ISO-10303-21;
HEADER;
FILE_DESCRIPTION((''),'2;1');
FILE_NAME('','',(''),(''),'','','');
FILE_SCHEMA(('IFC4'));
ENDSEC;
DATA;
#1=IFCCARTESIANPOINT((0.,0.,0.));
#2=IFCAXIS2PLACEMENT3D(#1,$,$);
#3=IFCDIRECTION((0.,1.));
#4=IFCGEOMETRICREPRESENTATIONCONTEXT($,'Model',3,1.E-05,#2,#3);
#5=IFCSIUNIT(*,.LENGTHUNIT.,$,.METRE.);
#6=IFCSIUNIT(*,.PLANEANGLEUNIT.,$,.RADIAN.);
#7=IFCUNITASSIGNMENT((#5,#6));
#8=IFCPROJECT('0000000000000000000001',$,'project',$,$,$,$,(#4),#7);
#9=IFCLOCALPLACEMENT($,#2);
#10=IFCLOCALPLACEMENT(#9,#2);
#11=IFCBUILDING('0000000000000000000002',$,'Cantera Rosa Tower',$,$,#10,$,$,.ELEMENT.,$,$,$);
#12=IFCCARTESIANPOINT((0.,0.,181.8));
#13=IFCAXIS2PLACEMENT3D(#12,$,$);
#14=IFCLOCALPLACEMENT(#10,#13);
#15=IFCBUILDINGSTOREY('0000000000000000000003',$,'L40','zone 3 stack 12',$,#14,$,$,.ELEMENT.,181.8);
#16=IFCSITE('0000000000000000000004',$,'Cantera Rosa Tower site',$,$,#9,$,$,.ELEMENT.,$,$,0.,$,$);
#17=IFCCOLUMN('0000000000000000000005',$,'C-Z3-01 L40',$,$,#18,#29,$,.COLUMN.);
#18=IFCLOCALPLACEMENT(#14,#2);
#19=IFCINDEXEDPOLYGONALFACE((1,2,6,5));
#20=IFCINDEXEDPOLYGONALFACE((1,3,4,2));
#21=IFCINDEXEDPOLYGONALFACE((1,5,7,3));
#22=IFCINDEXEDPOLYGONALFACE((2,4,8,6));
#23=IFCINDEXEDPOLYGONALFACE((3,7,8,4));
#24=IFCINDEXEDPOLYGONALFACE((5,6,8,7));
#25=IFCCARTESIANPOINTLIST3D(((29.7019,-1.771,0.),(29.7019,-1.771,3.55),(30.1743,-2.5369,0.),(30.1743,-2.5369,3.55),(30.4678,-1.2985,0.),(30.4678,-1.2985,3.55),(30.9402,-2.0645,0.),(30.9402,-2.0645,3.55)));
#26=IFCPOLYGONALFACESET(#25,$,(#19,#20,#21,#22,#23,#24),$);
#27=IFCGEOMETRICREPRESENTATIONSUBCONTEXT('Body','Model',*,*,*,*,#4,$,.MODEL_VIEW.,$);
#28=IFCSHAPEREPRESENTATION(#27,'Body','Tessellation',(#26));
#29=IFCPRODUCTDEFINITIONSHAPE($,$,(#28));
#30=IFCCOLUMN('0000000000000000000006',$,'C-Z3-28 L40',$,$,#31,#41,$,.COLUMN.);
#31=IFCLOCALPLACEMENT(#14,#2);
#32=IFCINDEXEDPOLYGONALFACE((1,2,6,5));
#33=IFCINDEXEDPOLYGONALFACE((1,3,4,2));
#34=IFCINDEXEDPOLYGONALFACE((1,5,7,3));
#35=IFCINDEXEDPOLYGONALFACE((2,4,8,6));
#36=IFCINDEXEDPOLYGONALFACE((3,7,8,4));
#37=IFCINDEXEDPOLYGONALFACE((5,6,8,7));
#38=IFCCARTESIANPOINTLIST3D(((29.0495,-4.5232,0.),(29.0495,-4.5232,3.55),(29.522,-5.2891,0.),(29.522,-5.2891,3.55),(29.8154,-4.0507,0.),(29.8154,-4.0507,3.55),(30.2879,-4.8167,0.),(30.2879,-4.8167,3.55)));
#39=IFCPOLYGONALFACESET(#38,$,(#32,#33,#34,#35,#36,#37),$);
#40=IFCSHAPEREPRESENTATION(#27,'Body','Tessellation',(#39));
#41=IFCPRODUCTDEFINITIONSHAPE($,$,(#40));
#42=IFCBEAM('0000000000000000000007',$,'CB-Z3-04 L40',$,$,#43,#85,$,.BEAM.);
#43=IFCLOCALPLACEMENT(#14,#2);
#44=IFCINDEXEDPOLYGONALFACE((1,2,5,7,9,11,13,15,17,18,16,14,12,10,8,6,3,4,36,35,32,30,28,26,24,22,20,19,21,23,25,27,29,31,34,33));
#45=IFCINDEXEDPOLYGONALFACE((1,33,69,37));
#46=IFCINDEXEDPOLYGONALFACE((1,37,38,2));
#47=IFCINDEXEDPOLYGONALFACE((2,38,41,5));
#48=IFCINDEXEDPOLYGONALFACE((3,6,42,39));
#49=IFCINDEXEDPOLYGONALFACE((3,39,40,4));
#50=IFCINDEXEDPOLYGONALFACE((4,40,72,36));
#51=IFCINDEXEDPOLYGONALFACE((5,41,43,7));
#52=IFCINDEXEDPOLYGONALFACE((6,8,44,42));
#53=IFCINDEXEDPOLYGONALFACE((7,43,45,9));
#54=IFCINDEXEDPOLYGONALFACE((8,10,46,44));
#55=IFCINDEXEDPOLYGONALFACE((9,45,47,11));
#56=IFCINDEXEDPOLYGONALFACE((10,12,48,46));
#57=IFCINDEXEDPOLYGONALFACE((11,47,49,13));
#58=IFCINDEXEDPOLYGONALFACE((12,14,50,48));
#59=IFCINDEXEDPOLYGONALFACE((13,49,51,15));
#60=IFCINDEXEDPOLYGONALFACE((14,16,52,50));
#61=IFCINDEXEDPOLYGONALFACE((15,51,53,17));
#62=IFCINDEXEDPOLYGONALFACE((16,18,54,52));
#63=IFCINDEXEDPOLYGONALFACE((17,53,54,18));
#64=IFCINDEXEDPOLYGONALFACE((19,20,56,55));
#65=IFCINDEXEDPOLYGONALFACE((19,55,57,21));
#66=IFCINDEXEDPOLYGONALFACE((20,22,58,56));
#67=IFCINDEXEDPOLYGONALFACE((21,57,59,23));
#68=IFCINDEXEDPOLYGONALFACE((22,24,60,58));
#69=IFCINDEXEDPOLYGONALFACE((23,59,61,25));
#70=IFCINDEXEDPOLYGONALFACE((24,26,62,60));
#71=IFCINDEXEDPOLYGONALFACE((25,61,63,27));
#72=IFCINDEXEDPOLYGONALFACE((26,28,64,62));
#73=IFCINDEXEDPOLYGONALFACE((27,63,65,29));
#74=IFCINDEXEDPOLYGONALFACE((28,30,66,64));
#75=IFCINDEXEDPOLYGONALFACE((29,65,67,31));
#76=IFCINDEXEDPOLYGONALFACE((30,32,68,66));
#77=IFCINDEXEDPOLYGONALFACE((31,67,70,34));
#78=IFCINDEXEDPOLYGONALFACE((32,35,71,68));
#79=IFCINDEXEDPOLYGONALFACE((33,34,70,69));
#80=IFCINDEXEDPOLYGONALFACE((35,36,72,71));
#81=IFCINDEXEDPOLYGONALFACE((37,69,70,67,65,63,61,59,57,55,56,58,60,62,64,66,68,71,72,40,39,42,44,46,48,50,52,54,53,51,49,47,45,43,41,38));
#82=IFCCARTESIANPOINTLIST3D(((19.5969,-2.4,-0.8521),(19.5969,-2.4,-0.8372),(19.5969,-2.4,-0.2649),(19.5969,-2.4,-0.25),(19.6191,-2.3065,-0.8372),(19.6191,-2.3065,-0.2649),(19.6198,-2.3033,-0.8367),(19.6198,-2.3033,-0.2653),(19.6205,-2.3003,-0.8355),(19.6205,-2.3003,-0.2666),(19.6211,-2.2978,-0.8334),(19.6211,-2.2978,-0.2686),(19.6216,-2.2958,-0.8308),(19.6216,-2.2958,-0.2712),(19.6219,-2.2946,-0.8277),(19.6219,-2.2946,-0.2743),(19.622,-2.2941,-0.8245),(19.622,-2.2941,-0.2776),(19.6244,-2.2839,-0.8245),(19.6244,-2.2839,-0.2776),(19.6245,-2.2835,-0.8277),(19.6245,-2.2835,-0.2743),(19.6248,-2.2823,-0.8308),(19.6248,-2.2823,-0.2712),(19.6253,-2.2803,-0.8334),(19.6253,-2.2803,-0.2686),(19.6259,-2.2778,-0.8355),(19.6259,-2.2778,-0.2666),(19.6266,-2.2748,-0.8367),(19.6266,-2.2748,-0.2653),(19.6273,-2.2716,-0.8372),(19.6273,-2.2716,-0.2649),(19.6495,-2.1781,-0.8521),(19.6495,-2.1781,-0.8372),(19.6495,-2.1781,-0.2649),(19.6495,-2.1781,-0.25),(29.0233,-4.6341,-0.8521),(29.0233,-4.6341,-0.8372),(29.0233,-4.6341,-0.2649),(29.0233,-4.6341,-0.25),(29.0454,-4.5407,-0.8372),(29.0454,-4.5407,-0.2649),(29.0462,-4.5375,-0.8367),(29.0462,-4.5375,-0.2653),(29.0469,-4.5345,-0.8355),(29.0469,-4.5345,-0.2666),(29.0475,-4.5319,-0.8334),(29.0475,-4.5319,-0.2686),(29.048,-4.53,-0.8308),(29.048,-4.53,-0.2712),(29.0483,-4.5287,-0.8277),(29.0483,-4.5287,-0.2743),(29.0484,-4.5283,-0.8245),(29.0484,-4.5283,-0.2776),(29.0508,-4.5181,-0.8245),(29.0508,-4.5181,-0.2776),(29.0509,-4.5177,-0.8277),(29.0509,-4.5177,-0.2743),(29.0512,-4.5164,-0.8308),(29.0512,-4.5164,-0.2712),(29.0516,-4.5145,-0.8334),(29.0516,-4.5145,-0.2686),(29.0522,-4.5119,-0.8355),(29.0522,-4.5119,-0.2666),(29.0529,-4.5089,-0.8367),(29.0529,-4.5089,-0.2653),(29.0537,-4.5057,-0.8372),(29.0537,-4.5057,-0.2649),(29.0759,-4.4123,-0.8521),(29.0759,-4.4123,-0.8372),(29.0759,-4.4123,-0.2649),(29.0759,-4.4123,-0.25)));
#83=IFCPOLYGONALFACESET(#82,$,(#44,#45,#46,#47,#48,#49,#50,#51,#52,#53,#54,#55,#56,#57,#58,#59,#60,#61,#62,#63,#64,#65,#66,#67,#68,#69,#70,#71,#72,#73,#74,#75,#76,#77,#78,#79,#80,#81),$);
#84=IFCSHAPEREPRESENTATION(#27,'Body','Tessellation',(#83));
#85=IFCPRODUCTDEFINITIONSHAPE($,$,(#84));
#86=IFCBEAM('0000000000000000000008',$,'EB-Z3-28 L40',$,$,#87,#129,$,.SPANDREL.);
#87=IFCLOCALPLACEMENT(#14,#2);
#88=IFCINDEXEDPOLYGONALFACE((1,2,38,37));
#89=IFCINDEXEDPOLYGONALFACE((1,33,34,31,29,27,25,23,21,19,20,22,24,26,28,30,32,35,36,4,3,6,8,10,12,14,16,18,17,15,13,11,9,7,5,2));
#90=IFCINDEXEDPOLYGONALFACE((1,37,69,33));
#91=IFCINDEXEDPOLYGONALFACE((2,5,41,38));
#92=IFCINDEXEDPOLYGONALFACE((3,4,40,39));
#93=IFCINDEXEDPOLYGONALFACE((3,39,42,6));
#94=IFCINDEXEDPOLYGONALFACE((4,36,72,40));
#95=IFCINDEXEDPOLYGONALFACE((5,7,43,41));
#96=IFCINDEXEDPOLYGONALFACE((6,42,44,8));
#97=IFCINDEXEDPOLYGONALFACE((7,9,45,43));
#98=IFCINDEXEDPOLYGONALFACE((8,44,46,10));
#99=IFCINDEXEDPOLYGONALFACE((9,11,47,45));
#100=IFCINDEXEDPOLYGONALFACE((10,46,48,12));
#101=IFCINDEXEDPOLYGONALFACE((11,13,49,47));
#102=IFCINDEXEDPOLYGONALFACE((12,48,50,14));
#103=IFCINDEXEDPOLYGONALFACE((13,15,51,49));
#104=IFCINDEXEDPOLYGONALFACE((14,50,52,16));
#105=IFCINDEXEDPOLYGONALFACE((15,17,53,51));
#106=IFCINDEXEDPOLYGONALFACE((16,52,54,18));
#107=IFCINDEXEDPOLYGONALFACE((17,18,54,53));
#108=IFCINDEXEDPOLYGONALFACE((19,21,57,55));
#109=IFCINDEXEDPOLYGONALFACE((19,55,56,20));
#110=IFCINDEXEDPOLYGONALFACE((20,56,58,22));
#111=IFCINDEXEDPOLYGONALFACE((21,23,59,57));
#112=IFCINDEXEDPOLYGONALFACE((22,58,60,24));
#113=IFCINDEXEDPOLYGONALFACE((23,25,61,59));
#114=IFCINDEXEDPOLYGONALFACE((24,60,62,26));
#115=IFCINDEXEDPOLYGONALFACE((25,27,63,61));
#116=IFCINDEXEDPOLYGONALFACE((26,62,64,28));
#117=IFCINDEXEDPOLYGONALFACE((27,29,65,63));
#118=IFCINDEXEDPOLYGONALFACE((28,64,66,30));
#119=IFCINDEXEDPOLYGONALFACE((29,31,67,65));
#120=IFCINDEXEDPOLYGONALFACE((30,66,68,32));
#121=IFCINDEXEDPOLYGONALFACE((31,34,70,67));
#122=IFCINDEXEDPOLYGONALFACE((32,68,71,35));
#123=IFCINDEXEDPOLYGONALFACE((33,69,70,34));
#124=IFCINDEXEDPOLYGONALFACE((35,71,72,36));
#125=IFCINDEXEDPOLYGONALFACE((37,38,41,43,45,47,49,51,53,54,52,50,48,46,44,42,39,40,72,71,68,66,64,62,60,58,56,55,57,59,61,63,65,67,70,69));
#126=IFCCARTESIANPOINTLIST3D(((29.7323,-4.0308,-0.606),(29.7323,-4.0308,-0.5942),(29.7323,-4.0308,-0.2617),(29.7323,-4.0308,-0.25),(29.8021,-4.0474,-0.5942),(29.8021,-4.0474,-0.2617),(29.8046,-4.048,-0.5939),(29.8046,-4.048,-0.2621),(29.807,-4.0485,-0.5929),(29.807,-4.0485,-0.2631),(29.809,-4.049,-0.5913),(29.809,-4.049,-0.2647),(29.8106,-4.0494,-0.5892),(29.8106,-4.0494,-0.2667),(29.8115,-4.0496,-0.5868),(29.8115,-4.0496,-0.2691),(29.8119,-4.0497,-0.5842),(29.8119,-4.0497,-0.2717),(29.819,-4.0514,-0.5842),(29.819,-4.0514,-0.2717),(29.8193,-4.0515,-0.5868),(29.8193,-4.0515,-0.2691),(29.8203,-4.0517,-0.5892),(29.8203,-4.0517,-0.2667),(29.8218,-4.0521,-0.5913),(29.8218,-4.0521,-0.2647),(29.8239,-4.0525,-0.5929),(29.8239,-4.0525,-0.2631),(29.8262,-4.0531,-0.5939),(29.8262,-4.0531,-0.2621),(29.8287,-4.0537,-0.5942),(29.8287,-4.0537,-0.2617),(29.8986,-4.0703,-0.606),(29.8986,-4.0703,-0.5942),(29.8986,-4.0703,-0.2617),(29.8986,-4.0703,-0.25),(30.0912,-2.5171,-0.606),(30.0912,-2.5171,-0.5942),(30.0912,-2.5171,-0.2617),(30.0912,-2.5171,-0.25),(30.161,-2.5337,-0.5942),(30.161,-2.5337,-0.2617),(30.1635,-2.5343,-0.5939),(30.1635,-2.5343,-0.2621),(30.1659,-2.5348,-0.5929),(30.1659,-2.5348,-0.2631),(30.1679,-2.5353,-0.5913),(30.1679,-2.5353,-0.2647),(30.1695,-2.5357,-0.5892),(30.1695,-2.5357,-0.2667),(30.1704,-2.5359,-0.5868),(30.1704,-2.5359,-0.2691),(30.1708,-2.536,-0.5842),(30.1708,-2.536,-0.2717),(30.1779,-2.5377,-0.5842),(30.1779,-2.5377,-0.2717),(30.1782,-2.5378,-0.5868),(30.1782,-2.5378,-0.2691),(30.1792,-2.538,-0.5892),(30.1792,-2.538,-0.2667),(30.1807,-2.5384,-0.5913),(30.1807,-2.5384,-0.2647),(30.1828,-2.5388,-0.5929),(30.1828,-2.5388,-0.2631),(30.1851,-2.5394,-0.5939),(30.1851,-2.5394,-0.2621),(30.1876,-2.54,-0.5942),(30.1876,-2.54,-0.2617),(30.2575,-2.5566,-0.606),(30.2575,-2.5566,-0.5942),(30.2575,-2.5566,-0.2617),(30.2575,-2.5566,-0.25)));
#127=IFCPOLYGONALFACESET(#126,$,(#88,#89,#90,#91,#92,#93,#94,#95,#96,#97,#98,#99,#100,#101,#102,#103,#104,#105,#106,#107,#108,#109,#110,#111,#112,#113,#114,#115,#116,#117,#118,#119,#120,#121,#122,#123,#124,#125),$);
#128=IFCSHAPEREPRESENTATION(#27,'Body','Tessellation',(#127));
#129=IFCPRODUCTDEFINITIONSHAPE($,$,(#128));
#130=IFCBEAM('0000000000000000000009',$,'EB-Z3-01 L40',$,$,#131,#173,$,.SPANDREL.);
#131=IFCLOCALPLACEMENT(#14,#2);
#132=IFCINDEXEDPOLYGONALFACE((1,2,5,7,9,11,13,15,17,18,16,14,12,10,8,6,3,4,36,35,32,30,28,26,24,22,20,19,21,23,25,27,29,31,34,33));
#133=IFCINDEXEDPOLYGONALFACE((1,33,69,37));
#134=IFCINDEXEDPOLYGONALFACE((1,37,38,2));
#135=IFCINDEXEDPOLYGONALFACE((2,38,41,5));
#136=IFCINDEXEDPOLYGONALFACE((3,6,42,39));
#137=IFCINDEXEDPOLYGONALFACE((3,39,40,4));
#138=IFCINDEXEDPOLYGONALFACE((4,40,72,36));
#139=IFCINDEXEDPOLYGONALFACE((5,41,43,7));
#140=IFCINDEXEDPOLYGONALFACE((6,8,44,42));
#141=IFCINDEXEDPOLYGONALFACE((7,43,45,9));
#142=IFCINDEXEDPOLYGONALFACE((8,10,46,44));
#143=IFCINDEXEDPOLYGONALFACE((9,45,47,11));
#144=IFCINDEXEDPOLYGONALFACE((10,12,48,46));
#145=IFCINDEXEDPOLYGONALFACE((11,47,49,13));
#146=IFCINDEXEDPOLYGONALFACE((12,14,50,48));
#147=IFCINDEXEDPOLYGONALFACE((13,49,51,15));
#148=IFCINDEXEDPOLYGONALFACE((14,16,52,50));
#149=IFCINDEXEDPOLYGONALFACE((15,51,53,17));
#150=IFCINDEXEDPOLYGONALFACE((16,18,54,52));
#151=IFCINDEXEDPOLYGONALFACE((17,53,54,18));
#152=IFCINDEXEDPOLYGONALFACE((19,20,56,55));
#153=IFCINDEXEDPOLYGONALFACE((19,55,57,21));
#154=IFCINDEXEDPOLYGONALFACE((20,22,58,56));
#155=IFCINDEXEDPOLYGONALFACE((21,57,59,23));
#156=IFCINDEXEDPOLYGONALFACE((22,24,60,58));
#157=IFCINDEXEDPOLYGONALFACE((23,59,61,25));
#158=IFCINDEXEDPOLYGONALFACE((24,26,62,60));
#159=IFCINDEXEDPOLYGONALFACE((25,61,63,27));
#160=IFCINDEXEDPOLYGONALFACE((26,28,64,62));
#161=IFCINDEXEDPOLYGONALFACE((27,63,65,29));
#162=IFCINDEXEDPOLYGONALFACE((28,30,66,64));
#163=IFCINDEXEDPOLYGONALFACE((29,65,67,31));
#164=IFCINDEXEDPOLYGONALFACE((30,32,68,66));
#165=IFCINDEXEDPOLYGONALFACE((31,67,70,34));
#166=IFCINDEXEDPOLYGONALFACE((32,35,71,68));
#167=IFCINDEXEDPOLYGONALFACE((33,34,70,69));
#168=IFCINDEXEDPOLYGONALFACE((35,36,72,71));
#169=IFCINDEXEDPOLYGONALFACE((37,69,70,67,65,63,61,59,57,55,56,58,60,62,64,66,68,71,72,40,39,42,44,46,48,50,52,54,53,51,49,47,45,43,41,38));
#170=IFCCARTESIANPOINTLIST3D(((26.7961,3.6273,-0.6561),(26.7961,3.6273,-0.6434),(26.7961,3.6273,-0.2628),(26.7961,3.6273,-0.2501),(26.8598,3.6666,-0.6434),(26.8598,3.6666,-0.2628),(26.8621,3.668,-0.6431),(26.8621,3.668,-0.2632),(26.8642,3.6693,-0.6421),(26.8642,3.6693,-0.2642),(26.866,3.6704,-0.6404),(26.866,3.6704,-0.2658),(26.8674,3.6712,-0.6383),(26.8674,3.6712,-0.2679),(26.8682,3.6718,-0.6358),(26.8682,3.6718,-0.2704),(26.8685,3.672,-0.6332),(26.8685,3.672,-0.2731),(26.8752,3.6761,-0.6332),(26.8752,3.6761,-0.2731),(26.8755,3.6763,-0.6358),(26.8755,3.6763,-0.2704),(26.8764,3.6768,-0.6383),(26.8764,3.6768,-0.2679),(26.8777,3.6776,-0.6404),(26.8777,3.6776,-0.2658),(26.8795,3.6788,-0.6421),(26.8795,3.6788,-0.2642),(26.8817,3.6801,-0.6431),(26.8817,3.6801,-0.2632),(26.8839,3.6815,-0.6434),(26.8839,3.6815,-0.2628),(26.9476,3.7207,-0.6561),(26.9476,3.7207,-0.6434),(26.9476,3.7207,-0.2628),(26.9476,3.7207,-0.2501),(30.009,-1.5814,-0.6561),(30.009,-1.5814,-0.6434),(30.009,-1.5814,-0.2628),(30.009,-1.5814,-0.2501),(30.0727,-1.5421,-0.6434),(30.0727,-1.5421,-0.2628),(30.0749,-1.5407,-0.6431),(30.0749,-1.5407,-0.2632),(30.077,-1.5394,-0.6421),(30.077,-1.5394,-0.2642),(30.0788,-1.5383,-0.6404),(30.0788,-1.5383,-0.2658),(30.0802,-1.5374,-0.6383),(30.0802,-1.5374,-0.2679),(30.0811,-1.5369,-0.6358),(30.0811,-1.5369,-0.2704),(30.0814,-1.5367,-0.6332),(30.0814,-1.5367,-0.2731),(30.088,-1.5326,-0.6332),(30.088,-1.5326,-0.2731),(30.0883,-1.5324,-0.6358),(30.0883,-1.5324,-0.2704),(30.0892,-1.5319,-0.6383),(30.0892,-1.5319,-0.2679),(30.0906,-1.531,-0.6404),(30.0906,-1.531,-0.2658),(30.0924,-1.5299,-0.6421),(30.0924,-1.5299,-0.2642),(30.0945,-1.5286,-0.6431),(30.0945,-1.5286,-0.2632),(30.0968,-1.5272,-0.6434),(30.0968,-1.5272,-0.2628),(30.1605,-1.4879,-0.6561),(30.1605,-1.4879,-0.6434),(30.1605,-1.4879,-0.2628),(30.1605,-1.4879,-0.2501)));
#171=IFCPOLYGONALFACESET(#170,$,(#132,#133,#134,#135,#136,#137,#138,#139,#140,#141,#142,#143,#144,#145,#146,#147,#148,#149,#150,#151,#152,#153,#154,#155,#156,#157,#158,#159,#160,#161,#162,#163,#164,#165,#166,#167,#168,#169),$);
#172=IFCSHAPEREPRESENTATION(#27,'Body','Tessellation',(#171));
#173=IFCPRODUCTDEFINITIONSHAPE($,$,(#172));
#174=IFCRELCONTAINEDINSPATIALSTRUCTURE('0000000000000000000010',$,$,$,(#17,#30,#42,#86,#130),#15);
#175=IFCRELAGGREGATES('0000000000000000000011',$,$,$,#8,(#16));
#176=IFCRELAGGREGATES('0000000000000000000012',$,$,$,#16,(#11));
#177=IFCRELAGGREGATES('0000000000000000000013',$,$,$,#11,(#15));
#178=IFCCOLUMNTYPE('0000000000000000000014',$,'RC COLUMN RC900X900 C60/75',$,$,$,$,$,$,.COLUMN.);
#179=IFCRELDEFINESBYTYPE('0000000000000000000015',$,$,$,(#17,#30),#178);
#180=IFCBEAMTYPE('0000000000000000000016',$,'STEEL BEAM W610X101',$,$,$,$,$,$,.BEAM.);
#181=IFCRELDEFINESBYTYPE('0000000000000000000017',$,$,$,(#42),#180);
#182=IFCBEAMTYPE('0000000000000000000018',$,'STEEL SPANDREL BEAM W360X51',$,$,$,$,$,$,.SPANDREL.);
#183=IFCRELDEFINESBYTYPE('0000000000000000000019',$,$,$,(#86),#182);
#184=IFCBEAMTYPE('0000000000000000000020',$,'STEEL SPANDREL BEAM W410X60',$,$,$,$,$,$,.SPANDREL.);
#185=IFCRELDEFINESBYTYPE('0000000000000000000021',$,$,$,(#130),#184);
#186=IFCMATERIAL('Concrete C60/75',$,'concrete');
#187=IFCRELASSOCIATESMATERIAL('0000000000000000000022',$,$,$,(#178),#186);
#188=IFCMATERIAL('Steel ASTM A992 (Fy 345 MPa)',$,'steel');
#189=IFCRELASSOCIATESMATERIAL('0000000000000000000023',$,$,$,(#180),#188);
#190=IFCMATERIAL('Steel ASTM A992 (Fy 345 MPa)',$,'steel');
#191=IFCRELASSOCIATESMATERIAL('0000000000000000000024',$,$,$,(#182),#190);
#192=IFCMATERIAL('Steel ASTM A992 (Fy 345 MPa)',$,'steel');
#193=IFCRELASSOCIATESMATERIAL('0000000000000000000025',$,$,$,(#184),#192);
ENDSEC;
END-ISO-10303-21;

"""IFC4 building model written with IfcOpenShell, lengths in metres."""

from ifc_helpers import new_model, si_unit, direction, frame, origin, origin_2d, place, context, subcontext, project, spatial, rectangle, i_section, extrude, material, material_profile, profile_set, type_object, element, save


model = new_model("IFC4")

# Units and contexts
model_context = context("Model", 3, precision=1e-05, world=origin(), true_north=direction((0.0, 1.0)))
body_context = subcontext(model_context, "Body", "Model", "MODEL_VIEW")
ifc_project = project(units=[si_unit("LENGTHUNIT", "METRE"), si_unit("PLANEANGLEUNIT", "RADIAN")], contexts=[model_context])

# Site, building, storey
site_placement = place(None, origin())
site = spatial("IfcSite", under=ifc_project, at=site_placement, Name="Cantera Rosa Tower site", CompositionType="ELEMENT", RefElevation=0.0)
building_placement = place(site_placement, origin())
building = spatial("IfcBuilding", under=site, at=building_placement, Name="Cantera Rosa Tower", CompositionType="ELEMENT")
storey_placement = place(building_placement, frame((0.0, 0.0, 181.8)))
storey = spatial("IfcBuildingStorey", under=building, at=storey_placement, Name="L40", Description="zone 3 stack 12", CompositionType="ELEMENT", Elevation=181.8)

# Columns
ifc_material_1 = material(Name="Concrete C60/75", Category="concrete")
ifc_material_profile_1 = material_profile(ifc_material_1, rectangle(XDim=0.8999, YDim=0.8999, at=origin_2d()), Name="RC COLUMN RC900X900 C60/75")
ifc_profile_set_1 = profile_set([ifc_material_profile_1], Name="Concrete C60/75")
column_type = type_object("IfcColumnType", Name="RC COLUMN RC900X900 C60/75", PredefinedType="COLUMN", material=ifc_profile_set_1)
for number, where, z_axis, x_axis, name in (
    (1, (30.321, -1.9177, 0.0), (0.0, 0.0, 1.0), (0.851117, 0.524977, 0.0), "C-Z3-01 L40"),
    (2, (29.6687, -4.6699, 0.0), (0.0, 0.0, 1.0), (0.851117, 0.524977, 0.0), "C-Z3-28 L40"),
):
    element("IfcColumn", number, at=place(storey_placement, frame(where, z_axis=z_axis, x_axis=x_axis)), inside=storey, type_object=column_type, Name=name, PredefinedType="COLUMN", context=body_context, shape_type="SweptSolid", body=[
        extrude(rectangle(XDim=0.8999, YDim=0.8999, at=origin_2d()), origin(), (0.0, 0.0, 1.0), 3.55),
    ])

# Beams
ifc_material_2 = material(Name="Steel ASTM A992 (Fy 345 MPa)", Category="steel")
ifc_material_profile_2 = material_profile(ifc_material_2, i_section(OverallWidth=0.228, OverallDepth=0.6021, WebThickness=0.0105, FlangeThickness=0.0149, FilletRadius=0.0127, at=origin_2d()), Name="W610X101")
ifc_profile_set_2 = profile_set([ifc_material_profile_2], Name="Steel ASTM A992 (Fy 345 MPa)")
beam_type_1 = type_object("IfcBeamType", Name="STEEL BEAM W610X101", PredefinedType="BEAM", material=ifc_profile_set_2)
beam_1_placement = place(storey_placement, frame((29.0496, -4.5232, -0.551), z_axis=(-0.973043, 0.230622, 0.0), x_axis=(-0.230622, -0.973043, 0.0)))
element("IfcBeam", 3, at=beam_1_placement, inside=storey, type_object=beam_type_1, Name="CB-Z3-04 L40", PredefinedType="BEAM", context=body_context, shape_type="SweptSolid", body=[
    extrude(i_section(OverallWidth=0.228, OverallDepth=0.6021, WebThickness=0.0105, FlangeThickness=0.0149, FilletRadius=0.0127, at=origin_2d()), origin(), (0.0, 0.0, 1.0), 9.6875),
])
ifc_material_3 = material(Name="Steel ASTM A992 (Fy 345 MPa)", Category="steel")
ifc_material_profile_3 = material_profile(ifc_material_3, i_section(OverallWidth=0.1709, OverallDepth=0.356, WebThickness=0.0073, FlangeThickness=0.0117, FilletRadius=0.01, at=origin_2d()), Name="W360X51")
ifc_profile_set_3 = profile_set([ifc_material_profile_3], Name="Steel ASTM A992 (Fy 345 MPa)")
beam_type_2 = type_object("IfcBeamType", Name="STEEL SPANDREL BEAM W360X51", PredefinedType="SPANDREL", material=ifc_profile_set_3)
beam_2_placement = place(storey_placement, frame((29.8154, -4.0505, -0.428), z_axis=(0.230701, 0.973025, 0.0), x_axis=(-0.973025, 0.230701, 0.0)))
element("IfcBeam", 4, at=beam_2_placement, inside=storey, type_object=beam_type_2, Name="EB-Z3-28 L40", PredefinedType="SPANDREL", context=body_context, shape_type="SweptSolid", body=[
    extrude(i_section(OverallWidth=0.1709, OverallDepth=0.356, WebThickness=0.0073, FlangeThickness=0.0117, FilletRadius=0.01, at=origin_2d()), origin(), (0.0, 0.0, 1.0), 1.5557),
])
ifc_material_4 = material(Name="Steel ASTM A992 (Fy 345 MPa)", Category="steel")
ifc_material_profile_4 = material_profile(ifc_material_4, i_section(OverallWidth=0.178, OverallDepth=0.406, WebThickness=0.0078, FlangeThickness=0.0127, FilletRadius=0.0103, at=origin_2d()), Name="W410X60")
ifc_profile_set_4 = profile_set([ifc_material_profile_4], Name="Steel ASTM A992 (Fy 345 MPa)")
beam_type_3 = type_object("IfcBeamType", Name="STEEL SPANDREL BEAM W410X60", PredefinedType="SPANDREL", material=ifc_profile_set_4)
beam_3_placement = place(storey_placement, frame((30.0847, -1.5347, -0.4531), z_axis=(-0.524987, 0.85111, 0.0), x_axis=(-0.85111, -0.524987, 0.0)))
element("IfcBeam", 5, at=beam_3_placement, inside=storey, type_object=beam_type_3, Name="EB-Z3-01 L40", PredefinedType="SPANDREL", context=body_context, shape_type="SweptSolid", body=[
    extrude(i_section(OverallWidth=0.178, OverallDepth=0.406, WebThickness=0.0078, FlangeThickness=0.0127, FilletRadius=0.0103, at=origin_2d()), origin(), (0.0, 0.0, 1.0), 6.1199),
])

save(model, "model.ifc")
